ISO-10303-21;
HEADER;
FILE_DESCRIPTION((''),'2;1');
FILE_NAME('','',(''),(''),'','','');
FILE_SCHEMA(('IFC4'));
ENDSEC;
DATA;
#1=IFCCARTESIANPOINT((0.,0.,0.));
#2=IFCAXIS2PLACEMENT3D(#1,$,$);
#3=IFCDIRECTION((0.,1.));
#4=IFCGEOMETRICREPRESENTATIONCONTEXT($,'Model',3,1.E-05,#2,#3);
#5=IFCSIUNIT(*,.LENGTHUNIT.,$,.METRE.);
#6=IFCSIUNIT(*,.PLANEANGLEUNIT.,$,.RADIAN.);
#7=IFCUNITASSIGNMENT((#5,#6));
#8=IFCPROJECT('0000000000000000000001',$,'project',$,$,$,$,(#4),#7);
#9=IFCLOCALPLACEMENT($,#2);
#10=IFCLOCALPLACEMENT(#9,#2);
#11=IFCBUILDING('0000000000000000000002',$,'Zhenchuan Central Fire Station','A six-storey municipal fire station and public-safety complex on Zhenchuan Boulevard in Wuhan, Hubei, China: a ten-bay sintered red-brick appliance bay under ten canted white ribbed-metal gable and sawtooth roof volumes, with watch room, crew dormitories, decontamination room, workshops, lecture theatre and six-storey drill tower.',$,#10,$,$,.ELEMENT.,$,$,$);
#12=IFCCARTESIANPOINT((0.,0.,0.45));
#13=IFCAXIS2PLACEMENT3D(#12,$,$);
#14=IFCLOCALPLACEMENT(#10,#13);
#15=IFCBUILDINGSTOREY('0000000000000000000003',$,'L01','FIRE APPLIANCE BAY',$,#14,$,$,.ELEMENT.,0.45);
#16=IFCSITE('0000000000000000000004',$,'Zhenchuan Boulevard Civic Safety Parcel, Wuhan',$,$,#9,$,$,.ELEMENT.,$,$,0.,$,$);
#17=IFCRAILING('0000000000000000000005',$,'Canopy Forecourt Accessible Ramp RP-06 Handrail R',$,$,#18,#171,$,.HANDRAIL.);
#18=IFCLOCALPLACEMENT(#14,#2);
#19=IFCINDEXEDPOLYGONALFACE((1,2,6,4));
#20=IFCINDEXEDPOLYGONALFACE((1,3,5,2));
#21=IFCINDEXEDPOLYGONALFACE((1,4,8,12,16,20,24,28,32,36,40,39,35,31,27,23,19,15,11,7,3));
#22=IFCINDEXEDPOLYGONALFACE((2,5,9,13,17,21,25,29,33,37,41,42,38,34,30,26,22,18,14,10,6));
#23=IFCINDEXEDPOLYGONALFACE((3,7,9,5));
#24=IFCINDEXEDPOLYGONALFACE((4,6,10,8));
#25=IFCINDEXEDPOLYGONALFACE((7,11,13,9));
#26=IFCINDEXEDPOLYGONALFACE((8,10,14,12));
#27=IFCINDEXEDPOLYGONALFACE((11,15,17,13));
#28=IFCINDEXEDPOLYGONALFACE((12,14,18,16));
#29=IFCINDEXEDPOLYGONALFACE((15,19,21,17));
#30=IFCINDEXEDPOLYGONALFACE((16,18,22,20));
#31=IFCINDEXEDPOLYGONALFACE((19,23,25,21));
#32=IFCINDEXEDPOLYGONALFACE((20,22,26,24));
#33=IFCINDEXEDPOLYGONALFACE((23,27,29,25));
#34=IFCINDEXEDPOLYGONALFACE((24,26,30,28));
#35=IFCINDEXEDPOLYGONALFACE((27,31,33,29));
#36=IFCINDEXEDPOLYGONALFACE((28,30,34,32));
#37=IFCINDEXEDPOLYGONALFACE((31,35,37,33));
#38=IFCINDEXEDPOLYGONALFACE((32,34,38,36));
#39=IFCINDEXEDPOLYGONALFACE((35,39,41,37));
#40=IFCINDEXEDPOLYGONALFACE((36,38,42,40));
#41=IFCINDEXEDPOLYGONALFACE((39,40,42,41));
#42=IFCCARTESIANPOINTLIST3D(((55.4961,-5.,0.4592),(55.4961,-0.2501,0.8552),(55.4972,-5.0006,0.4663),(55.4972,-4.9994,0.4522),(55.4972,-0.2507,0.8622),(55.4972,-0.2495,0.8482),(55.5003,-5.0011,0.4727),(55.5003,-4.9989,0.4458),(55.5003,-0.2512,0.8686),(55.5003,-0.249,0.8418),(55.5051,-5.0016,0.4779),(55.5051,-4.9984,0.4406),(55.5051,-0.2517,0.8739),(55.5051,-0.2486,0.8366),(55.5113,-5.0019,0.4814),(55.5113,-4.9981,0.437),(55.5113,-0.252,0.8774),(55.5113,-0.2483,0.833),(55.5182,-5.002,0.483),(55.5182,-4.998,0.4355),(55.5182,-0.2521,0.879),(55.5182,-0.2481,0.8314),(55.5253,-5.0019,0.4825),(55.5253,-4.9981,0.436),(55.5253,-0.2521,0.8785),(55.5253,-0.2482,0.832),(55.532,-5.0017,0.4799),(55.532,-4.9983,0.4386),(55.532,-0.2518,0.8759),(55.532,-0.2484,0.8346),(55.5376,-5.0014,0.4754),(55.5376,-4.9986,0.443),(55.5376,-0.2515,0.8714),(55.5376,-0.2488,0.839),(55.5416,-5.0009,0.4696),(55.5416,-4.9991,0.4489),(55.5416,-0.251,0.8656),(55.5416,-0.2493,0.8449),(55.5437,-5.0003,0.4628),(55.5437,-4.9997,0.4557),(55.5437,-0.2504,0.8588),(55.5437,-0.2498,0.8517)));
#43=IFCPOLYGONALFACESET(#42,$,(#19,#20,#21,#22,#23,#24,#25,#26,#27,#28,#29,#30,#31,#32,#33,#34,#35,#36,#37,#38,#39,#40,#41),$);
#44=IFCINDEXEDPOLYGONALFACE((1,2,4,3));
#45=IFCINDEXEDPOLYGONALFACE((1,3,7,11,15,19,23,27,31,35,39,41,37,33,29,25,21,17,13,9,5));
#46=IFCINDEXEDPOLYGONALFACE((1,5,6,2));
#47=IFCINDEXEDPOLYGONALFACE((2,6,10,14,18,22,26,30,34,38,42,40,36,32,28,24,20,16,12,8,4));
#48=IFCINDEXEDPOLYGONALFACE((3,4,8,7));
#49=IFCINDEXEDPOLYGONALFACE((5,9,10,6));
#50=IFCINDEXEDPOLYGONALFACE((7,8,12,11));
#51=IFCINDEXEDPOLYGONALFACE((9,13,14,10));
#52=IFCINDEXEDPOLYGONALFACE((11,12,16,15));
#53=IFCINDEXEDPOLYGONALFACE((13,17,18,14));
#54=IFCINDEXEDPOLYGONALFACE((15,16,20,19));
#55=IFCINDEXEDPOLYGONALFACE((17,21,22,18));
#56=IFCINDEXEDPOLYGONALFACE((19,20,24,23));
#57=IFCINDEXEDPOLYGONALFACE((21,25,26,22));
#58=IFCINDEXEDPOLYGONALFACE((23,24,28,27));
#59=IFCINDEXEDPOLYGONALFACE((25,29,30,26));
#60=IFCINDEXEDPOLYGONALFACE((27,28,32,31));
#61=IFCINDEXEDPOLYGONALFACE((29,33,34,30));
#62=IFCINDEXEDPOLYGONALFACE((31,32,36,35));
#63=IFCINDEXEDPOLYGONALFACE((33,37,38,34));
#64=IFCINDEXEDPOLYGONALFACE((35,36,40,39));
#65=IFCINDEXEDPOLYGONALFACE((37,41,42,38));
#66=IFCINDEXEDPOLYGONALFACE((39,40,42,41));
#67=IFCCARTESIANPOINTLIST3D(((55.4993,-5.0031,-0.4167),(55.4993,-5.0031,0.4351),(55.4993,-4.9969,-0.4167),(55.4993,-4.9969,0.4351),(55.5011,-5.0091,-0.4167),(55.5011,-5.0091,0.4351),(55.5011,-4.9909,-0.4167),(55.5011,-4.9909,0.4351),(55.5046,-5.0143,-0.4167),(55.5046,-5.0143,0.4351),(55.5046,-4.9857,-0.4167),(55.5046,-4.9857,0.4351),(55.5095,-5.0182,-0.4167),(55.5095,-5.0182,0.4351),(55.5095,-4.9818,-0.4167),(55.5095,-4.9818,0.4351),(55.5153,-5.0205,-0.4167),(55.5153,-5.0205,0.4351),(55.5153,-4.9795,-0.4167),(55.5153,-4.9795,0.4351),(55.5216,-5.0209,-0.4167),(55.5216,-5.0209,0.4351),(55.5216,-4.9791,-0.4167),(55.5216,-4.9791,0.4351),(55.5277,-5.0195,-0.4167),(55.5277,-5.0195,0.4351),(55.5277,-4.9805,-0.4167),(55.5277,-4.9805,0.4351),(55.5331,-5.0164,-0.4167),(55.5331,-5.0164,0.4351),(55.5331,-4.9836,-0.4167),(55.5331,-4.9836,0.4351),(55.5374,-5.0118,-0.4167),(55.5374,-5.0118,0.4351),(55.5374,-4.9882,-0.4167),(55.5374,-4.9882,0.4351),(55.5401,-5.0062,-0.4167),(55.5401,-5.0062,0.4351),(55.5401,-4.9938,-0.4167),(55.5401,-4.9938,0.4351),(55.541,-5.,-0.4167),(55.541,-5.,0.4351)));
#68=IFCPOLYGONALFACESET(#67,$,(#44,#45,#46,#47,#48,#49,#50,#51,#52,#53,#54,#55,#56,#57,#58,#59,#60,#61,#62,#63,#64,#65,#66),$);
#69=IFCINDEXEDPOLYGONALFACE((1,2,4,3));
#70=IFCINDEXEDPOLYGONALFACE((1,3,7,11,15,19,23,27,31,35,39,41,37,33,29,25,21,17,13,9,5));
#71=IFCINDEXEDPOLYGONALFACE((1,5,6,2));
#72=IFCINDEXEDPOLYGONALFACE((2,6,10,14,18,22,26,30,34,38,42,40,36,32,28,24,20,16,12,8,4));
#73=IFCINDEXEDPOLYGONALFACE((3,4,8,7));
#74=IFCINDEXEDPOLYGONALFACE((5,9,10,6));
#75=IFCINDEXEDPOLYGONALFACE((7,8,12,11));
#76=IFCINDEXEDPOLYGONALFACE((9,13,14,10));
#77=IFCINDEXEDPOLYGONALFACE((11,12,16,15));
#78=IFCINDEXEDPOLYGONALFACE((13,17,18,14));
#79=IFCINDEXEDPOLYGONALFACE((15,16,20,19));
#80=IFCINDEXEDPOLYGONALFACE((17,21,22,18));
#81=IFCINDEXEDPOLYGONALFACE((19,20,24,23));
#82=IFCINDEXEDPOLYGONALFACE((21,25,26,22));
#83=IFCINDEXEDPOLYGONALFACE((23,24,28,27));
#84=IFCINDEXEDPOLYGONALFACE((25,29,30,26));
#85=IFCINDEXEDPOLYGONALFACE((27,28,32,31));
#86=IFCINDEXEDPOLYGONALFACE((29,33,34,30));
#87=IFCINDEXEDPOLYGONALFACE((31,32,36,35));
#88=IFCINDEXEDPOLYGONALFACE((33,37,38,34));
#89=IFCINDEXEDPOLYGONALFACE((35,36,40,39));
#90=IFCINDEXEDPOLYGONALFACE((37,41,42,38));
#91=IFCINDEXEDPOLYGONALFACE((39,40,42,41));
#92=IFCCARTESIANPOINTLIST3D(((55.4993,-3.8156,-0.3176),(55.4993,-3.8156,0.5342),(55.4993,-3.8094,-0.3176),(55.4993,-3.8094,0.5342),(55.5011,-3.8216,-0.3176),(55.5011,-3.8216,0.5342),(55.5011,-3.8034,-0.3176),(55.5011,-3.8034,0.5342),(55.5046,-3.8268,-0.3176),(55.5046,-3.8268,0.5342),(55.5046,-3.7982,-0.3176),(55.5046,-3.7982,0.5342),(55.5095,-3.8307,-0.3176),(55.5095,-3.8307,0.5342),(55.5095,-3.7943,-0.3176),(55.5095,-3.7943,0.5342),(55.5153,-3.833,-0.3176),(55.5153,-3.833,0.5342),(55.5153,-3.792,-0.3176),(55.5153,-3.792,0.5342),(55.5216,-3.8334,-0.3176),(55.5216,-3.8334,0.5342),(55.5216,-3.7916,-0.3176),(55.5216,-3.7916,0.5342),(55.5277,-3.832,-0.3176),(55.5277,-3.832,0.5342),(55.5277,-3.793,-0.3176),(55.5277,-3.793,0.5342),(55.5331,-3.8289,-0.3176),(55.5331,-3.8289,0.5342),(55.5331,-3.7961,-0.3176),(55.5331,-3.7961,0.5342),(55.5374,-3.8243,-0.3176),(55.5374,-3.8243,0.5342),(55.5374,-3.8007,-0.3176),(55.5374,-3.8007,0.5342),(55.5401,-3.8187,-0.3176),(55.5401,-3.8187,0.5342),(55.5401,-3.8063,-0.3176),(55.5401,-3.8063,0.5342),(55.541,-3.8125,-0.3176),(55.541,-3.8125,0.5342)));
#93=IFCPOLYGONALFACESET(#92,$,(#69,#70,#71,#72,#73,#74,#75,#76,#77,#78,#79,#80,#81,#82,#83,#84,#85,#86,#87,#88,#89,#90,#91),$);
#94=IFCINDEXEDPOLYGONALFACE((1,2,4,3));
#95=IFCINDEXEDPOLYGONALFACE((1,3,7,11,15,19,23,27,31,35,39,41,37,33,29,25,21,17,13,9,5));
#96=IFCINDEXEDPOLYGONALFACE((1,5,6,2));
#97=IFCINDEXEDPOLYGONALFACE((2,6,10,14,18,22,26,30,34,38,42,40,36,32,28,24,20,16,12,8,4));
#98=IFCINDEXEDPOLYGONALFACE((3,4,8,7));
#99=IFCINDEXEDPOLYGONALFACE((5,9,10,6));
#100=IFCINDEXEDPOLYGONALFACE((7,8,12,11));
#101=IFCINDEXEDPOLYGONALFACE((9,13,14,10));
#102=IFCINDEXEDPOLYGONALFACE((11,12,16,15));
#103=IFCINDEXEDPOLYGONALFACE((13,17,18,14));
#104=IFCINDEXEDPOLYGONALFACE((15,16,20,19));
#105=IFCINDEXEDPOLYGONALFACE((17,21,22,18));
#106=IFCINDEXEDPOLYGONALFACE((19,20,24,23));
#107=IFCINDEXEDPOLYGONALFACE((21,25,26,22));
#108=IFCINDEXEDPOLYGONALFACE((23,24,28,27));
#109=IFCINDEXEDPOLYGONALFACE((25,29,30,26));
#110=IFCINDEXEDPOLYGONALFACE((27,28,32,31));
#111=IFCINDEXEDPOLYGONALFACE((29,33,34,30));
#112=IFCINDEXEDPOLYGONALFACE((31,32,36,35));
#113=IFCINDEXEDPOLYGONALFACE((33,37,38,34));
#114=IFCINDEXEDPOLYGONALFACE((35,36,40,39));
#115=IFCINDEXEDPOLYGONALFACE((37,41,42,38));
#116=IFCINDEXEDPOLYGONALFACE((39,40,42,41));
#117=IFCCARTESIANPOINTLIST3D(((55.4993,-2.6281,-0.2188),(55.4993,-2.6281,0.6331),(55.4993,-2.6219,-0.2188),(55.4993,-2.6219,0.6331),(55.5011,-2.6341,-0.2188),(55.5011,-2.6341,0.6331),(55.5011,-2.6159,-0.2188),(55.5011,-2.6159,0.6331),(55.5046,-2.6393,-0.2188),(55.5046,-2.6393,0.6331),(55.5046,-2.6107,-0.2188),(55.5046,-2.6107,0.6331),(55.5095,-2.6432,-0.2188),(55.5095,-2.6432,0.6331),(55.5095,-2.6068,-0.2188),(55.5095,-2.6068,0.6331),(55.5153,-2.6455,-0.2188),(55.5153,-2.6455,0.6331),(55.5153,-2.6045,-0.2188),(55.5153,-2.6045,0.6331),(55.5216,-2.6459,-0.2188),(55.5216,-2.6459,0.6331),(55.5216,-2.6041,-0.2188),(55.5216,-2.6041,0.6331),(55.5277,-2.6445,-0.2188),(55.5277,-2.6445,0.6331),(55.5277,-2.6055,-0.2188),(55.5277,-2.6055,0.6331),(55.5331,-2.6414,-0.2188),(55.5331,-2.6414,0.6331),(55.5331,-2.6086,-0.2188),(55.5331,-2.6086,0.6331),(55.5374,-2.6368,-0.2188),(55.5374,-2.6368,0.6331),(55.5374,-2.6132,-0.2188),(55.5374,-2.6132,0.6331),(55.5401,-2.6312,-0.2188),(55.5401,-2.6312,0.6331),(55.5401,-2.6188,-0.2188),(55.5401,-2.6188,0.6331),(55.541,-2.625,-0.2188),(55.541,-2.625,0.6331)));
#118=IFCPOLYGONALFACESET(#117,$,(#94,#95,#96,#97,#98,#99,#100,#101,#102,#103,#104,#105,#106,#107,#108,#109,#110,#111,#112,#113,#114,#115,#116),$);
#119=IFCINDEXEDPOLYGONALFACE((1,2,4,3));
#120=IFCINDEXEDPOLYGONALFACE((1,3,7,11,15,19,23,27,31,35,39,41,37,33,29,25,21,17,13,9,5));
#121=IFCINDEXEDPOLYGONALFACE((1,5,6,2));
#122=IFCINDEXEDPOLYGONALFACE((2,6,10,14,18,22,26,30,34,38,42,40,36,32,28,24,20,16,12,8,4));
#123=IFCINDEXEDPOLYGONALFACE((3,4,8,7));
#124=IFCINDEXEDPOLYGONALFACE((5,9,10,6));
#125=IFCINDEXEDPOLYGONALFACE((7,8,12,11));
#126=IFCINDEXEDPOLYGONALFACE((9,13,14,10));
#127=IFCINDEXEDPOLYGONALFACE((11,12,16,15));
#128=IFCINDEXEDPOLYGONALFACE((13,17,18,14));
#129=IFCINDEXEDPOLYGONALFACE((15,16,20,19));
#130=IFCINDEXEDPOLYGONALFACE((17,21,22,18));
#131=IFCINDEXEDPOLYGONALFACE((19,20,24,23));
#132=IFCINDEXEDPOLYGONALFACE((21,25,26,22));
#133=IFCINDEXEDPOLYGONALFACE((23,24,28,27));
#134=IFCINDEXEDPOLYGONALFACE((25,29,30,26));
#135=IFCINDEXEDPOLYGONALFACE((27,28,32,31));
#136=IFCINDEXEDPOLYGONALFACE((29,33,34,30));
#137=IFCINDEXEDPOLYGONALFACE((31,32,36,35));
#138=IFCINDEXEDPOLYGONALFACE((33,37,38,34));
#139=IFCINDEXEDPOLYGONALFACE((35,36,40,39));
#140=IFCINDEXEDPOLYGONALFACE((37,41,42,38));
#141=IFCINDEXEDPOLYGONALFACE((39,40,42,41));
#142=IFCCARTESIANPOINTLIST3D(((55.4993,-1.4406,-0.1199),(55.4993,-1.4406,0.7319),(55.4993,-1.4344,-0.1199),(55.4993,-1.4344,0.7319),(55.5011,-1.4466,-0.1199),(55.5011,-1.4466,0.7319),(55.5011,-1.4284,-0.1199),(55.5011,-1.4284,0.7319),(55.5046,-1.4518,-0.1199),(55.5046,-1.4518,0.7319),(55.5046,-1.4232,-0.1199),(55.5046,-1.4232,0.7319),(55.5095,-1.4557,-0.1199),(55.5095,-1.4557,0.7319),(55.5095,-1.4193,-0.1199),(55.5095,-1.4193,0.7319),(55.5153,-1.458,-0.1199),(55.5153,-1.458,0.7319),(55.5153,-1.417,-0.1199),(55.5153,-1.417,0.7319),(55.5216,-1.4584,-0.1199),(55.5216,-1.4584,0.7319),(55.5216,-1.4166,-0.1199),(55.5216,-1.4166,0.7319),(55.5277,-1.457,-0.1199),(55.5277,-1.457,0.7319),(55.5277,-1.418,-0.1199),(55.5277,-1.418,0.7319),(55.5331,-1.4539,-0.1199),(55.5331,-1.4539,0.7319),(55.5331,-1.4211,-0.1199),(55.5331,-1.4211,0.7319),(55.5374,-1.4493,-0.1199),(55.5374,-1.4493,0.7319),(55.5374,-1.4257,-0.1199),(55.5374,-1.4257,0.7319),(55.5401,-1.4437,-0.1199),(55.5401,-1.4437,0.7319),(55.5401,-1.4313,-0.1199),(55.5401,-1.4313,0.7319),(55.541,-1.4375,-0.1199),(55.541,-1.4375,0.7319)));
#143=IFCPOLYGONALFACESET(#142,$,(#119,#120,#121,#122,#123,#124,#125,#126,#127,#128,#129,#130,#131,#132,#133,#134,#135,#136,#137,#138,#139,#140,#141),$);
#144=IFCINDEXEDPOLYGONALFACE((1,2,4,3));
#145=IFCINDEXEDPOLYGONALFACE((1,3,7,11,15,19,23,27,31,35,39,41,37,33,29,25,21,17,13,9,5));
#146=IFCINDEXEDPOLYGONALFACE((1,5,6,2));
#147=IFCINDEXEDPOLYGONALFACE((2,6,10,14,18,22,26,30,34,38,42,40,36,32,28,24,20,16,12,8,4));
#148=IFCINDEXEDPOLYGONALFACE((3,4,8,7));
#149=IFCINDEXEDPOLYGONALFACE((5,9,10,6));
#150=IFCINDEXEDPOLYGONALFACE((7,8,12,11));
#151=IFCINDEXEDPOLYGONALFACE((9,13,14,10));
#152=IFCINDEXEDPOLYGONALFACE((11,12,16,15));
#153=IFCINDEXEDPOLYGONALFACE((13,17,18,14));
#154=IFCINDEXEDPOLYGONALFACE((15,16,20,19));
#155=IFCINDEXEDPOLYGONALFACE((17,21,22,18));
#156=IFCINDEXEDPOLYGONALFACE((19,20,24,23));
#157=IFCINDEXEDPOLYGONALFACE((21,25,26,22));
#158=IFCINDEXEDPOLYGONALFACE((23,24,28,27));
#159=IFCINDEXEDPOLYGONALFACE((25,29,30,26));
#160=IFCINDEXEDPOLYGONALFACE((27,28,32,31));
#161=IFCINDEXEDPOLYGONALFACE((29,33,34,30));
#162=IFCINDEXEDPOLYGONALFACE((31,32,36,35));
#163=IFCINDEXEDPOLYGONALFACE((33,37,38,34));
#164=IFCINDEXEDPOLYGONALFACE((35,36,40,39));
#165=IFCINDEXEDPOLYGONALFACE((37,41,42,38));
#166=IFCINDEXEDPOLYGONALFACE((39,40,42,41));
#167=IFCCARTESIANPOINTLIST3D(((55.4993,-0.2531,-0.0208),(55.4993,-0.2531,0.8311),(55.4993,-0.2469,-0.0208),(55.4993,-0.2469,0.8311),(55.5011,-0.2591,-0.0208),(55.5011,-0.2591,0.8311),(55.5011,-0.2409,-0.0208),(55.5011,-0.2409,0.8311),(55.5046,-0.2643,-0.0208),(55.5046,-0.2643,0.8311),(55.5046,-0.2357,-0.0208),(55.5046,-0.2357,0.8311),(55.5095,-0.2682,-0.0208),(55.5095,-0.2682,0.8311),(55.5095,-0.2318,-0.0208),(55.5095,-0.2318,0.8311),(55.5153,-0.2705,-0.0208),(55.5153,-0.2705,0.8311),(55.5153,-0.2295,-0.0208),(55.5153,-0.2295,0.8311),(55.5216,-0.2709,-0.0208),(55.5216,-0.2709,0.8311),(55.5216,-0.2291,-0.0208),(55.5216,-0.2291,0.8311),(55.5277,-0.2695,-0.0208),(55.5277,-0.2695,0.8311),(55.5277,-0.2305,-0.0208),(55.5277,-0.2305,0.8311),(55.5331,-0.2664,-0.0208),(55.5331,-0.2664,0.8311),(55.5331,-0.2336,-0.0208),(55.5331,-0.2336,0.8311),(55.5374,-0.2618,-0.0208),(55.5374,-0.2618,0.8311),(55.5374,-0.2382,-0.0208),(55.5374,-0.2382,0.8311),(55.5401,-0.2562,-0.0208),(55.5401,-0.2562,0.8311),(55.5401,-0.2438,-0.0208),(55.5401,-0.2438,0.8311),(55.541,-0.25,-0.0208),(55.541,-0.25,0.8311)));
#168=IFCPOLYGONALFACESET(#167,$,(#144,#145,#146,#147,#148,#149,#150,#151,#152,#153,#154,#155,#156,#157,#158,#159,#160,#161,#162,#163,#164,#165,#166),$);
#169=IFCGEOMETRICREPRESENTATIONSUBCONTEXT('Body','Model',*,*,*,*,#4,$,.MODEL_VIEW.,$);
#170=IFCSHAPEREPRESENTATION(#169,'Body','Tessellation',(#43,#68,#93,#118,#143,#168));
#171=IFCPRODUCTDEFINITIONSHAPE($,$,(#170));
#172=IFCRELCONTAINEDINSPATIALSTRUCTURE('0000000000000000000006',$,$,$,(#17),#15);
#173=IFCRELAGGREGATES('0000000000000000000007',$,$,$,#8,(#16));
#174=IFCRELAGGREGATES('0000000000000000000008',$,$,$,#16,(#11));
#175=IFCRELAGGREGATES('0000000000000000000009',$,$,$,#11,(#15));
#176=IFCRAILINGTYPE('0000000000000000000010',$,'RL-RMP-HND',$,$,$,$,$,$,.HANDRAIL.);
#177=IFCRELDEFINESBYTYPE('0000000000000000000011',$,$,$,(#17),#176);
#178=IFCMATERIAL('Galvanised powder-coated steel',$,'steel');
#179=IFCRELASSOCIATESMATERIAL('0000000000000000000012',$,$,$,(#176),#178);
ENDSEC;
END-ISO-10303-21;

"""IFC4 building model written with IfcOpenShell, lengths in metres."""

from ifc_helpers import new_model, si_unit, direction, frame, origin, origin_2d, place, context, subcontext, project, spatial, circle, extrude, material, type_object, element, save


model = new_model("IFC4")

# Units and contexts
model_context = context("Model", 3, precision=1e-05, world=origin(), true_north=direction((0.0, 1.0)))
body_context = subcontext(model_context, "Body", "Model", "MODEL_VIEW")
ifc_project = project(units=[si_unit("LENGTHUNIT", "METRE"), si_unit("PLANEANGLEUNIT", "RADIAN")], contexts=[model_context])

# Site, building, storey
site_placement = place(None, origin())
site = spatial("IfcSite", under=ifc_project, at=site_placement, Name="Zhenchuan Boulevard Civic Safety Parcel, Wuhan", CompositionType="ELEMENT", RefElevation=0.0)
building_placement = place(site_placement, origin())
building = spatial("IfcBuilding", under=site, at=building_placement, Name="Zhenchuan Central Fire Station", Description="A six-storey municipal fire station and public-safety complex on Zhenchuan Boulevard in Wuhan, Hubei, China: a ten-bay sintered red-brick appliance bay under ten canted white ribbed-metal gable and sawtooth roof volumes, with watch room, crew dormitories, decontamination room, workshops, lecture theatre and six-storey drill tower.", CompositionType="ELEMENT")
storey_placement = place(building_placement, frame((0.0, 0.0, 0.45)))
storey = spatial("IfcBuildingStorey", under=building, at=storey_placement, Name="L01", Description="FIRE APPLIANCE BAY", CompositionType="ELEMENT", Elevation=0.45)

# Railing
ifc_material_1 = material(Name="Galvanised powder-coated steel", Category="steel")
railing_type = type_object("IfcRailingType", Name="RL-RMP-HND", PredefinedType="HANDRAIL", material=ifc_material_1)
for number, where, name in (
    (1, (55.52, -5.0, -0.4167), "Canopy Forecourt Accessible Ramp RP-06 Handrail R"),
):
    element("IfcRailing", number, at=place(storey_placement, frame(where)), inside=storey, type_object=railing_type, Name=name, PredefinedType="HANDRAIL", context=body_context, shape_type="SweptSolid", body=[
        extrude(circle(Radius=0.0239, at=origin_2d()), frame((0.0, 0.0, 0.876), z_axis=(0.0, 0.996543, 0.083079), x_axis=(-1.0, 0.0, 0.0)), (0.0, 0.0, 1.0), 4.7664),
        extrude(circle(Radius=0.021, at=origin_2d()), origin(), (0.0, 0.0, 1.0), 0.8518),
        extrude(circle(Radius=0.021, at=origin_2d()), frame((0.0, 1.1875, 0.0991)), (0.0, 0.0, 1.0), 0.8518),
        extrude(circle(Radius=0.021, at=origin_2d()), frame((0.0, 2.375, 0.198)), (0.0, 0.0, 1.0), 0.8518),
        extrude(circle(Radius=0.021, at=origin_2d()), frame((0.0, 3.5625, 0.2969)), (0.0, 0.0, 1.0), 0.8518),
        extrude(circle(Radius=0.021, at=origin_2d()), frame((0.0, 4.75, 0.396)), (0.0, 0.0, 1.0), 0.8518),
    ])

save(model, "model.ifc")
